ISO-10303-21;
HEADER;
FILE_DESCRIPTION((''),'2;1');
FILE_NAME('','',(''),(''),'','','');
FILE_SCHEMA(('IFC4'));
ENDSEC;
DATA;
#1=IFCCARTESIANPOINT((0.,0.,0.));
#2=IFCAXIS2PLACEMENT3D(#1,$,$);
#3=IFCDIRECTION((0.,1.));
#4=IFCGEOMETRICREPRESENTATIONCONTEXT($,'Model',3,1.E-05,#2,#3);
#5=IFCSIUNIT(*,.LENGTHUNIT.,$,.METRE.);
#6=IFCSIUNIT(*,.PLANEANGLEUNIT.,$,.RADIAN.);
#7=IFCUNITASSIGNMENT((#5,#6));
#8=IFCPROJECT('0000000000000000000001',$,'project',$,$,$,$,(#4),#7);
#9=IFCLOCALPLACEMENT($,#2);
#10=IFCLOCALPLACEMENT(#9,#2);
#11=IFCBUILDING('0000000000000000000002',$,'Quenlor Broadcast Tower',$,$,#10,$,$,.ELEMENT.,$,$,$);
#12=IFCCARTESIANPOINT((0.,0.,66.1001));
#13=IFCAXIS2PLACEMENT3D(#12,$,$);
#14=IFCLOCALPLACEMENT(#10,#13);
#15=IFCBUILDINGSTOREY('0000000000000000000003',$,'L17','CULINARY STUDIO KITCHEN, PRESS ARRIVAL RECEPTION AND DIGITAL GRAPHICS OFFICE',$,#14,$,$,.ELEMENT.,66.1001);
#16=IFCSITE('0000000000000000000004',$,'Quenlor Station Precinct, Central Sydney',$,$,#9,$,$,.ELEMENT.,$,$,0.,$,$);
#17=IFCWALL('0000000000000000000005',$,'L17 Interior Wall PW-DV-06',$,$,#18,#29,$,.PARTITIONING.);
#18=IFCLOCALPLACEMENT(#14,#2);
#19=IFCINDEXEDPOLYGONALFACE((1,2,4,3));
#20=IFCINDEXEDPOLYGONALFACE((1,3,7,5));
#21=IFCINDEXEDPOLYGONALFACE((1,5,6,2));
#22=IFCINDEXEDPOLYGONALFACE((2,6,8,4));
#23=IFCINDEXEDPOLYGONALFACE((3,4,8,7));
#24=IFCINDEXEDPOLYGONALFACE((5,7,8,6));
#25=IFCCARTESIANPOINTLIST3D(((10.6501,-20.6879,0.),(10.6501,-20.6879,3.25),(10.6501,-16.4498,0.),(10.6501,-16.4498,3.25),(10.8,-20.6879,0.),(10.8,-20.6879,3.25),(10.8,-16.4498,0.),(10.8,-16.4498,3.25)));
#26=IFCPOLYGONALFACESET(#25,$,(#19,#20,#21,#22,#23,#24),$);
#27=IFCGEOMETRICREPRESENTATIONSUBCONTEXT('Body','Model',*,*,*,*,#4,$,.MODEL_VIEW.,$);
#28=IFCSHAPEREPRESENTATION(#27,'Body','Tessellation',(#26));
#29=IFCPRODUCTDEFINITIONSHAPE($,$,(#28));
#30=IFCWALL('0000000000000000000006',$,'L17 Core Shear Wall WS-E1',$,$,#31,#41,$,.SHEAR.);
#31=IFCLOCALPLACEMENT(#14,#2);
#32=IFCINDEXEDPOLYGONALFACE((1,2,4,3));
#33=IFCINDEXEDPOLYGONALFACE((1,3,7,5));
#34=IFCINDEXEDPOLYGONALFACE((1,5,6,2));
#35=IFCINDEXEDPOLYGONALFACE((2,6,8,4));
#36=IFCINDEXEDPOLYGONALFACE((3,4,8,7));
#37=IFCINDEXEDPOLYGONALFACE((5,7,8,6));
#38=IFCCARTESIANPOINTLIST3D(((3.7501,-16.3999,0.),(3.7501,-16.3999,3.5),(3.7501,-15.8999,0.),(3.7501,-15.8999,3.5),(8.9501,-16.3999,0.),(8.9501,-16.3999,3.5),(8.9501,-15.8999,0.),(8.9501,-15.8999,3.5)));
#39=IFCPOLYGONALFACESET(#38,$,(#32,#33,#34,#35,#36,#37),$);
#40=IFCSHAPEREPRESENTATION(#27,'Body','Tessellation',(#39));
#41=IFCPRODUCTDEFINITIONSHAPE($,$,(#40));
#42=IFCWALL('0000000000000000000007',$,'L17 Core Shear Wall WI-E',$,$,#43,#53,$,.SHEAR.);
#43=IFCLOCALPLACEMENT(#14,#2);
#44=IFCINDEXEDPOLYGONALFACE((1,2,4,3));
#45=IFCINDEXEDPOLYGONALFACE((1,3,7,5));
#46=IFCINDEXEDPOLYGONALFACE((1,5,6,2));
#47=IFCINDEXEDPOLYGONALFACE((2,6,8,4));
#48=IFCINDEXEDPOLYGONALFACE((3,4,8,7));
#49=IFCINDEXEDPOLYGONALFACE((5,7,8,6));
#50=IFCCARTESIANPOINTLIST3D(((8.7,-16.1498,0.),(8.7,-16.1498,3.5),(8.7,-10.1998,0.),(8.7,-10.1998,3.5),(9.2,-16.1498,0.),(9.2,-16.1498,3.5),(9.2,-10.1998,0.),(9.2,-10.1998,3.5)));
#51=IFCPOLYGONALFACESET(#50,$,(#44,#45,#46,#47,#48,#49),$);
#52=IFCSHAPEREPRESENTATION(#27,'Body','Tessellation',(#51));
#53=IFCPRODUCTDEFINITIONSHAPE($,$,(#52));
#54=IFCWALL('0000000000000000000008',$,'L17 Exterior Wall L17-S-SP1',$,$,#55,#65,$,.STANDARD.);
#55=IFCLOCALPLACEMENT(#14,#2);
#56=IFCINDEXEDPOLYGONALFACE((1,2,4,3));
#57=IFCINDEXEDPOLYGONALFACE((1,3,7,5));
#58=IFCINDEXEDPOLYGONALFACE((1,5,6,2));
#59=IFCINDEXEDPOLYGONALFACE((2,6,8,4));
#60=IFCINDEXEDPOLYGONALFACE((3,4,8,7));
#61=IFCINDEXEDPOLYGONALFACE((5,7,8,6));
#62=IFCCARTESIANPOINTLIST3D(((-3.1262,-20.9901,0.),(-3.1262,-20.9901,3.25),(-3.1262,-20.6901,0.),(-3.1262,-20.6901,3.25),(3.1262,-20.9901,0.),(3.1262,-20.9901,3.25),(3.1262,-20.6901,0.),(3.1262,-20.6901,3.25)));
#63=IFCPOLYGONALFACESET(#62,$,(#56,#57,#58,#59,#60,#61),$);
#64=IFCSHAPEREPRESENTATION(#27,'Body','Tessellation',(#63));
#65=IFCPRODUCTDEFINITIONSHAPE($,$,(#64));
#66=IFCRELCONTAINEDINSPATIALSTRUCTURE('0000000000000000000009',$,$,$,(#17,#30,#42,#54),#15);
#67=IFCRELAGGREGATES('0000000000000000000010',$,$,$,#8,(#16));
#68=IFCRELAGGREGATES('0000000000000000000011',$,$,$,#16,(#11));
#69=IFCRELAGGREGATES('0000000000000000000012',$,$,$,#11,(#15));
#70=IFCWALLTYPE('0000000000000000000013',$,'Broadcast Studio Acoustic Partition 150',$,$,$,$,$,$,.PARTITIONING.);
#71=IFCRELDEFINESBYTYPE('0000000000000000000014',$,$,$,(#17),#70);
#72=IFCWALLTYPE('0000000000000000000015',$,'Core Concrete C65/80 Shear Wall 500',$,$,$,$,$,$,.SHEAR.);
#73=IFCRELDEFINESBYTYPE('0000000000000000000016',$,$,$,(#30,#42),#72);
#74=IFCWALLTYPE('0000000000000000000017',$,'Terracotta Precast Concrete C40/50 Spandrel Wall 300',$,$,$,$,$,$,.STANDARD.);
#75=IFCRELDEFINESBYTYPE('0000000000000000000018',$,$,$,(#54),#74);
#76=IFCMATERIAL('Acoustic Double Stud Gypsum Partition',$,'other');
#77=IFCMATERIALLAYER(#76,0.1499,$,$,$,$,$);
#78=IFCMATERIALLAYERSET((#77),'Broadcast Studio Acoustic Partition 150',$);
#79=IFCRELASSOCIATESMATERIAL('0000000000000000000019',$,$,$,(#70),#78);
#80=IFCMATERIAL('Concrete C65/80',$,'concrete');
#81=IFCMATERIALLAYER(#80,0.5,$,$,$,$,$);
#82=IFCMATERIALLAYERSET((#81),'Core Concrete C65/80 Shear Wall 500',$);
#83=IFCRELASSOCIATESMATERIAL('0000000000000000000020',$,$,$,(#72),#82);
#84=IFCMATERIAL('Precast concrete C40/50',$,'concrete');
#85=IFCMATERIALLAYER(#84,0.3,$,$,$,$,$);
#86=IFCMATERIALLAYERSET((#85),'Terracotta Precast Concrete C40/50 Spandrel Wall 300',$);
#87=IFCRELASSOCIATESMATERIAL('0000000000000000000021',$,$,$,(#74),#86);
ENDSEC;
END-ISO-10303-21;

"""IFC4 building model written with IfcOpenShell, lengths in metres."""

from ifc_helpers import new_model, si_unit, direction, frame, frame_2d, origin, place, context, subcontext, project, spatial, rectangle, extrude, material, layer, layer_set, type_object, element, save


model = new_model("IFC4")

# Units and contexts
model_context = context("Model", 3, precision=1e-05, world=origin(), true_north=direction((0.0, 1.0)))
body_context = subcontext(model_context, "Body", "Model", "MODEL_VIEW")
ifc_project = project(units=[si_unit("LENGTHUNIT", "METRE"), si_unit("PLANEANGLEUNIT", "RADIAN")], contexts=[model_context])

# Site, building, storey
site_placement = place(None, origin())
site = spatial("IfcSite", under=ifc_project, at=site_placement, Name="Quenlor Station Precinct, Central Sydney", CompositionType="ELEMENT", RefElevation=0.0)
building_placement = place(site_placement, origin())
building = spatial("IfcBuilding", under=site, at=building_placement, Name="Quenlor Broadcast Tower", CompositionType="ELEMENT")
storey_placement = place(building_placement, frame((0.0, 0.0, 66.1001)))
storey = spatial("IfcBuildingStorey", under=building, at=storey_placement, Name="L17", Description="CULINARY STUDIO KITCHEN, PRESS ARRIVAL RECEPTION AND DIGITAL GRAPHICS OFFICE", CompositionType="ELEMENT", Elevation=66.1001)

# Walls
ifc_material_1 = material(Name="Acoustic Double Stud Gypsum Partition", Category="other")
ifc_layer_1 = layer(ifc_material_1, 0.1499)
ifc_layer_set_1 = layer_set([ifc_layer_1], Name="Broadcast Studio Acoustic Partition 150")
wall_type_1 = type_object("IfcWallType", Name="Broadcast Studio Acoustic Partition 150", PredefinedType="PARTITIONING", material=ifc_layer_set_1)
wall_1_placement = place(storey_placement, frame((10.7251, -20.688, 0.0), z_axis=(0.0, 0.0, 1.0), x_axis=(0.0, 1.0, 0.0)))
element("IfcWall", 1, at=wall_1_placement, inside=storey, type_object=wall_type_1, Name="L17 Interior Wall PW-DV-06", PredefinedType="PARTITIONING", context=body_context, shape_type="SweptSolid", body=[
    extrude(rectangle(XDim=4.238, YDim=0.1499, at=frame_2d((2.1191, 0.0))), origin(), (0.0, 0.0, 1.0), 3.25),
])
ifc_material_2 = material(Name="Concrete C65/80", Category="concrete")
ifc_layer_2 = layer(ifc_material_2, 0.5)
ifc_layer_set_2 = layer_set([ifc_layer_2], Name="Core Concrete C65/80 Shear Wall 500")
wall_type_2 = type_object("IfcWallType", Name="Core Concrete C65/80 Shear Wall 500", PredefinedType="SHEAR", material=ifc_layer_set_2)
wall_2_placement = place(storey_placement, frame((3.75, -16.1499, 0.0), z_axis=(0.0, 0.0, 1.0), x_axis=(1.0, 0.0, 0.0)))
element("IfcWall", 2, at=wall_2_placement, inside=storey, type_object=wall_type_2, Name="L17 Core Shear Wall WS-E1", PredefinedType="SHEAR", context=body_context, shape_type="SweptSolid", body=[
    extrude(rectangle(XDim=5.2, YDim=0.5, at=frame_2d((2.6001, 0.0))), origin(), (0.0, 0.0, 1.0), 3.5),
])
wall_3_placement = place(storey_placement, frame((8.95, -16.1499, 0.0), z_axis=(0.0, 0.0, 1.0), x_axis=(0.0, 1.0, 0.0)))
element("IfcWall", 3, at=wall_3_placement, inside=storey, type_object=wall_type_2, Name="L17 Core Shear Wall WI-E", PredefinedType="SHEAR", context=body_context, shape_type="SweptSolid", body=[
    extrude(rectangle(XDim=5.95, YDim=0.5, at=frame_2d((2.9751, 0.0))), origin(), (0.0, 0.0, 1.0), 3.5),
])
ifc_material_3 = material(Name="Precast concrete C40/50", Category="concrete")
ifc_layer_3 = layer(ifc_material_3, 0.3)
ifc_layer_set_3 = layer_set([ifc_layer_3], Name="Terracotta Precast Concrete C40/50 Spandrel Wall 300")
wall_type_3 = type_object("IfcWallType", Name="Terracotta Precast Concrete C40/50 Spandrel Wall 300", PredefinedType="STANDARD", material=ifc_layer_set_3)
wall_4_placement = place(storey_placement, frame((3.1262, -20.8401, 0.0), z_axis=(0.0, 0.0, 1.0), x_axis=(-1.0, 0.0, 0.0)))
element("IfcWall", 4, at=wall_4_placement, inside=storey, type_object=wall_type_3, Name="L17 Exterior Wall L17-S-SP1", PredefinedType="STANDARD", context=body_context, shape_type="SweptSolid", body=[
    extrude(rectangle(XDim=6.2524, YDim=0.3, at=frame_2d((3.1262, 0.0))), origin(), (0.0, 0.0, 1.0), 3.25),
])

save(model, "model.ifc")
